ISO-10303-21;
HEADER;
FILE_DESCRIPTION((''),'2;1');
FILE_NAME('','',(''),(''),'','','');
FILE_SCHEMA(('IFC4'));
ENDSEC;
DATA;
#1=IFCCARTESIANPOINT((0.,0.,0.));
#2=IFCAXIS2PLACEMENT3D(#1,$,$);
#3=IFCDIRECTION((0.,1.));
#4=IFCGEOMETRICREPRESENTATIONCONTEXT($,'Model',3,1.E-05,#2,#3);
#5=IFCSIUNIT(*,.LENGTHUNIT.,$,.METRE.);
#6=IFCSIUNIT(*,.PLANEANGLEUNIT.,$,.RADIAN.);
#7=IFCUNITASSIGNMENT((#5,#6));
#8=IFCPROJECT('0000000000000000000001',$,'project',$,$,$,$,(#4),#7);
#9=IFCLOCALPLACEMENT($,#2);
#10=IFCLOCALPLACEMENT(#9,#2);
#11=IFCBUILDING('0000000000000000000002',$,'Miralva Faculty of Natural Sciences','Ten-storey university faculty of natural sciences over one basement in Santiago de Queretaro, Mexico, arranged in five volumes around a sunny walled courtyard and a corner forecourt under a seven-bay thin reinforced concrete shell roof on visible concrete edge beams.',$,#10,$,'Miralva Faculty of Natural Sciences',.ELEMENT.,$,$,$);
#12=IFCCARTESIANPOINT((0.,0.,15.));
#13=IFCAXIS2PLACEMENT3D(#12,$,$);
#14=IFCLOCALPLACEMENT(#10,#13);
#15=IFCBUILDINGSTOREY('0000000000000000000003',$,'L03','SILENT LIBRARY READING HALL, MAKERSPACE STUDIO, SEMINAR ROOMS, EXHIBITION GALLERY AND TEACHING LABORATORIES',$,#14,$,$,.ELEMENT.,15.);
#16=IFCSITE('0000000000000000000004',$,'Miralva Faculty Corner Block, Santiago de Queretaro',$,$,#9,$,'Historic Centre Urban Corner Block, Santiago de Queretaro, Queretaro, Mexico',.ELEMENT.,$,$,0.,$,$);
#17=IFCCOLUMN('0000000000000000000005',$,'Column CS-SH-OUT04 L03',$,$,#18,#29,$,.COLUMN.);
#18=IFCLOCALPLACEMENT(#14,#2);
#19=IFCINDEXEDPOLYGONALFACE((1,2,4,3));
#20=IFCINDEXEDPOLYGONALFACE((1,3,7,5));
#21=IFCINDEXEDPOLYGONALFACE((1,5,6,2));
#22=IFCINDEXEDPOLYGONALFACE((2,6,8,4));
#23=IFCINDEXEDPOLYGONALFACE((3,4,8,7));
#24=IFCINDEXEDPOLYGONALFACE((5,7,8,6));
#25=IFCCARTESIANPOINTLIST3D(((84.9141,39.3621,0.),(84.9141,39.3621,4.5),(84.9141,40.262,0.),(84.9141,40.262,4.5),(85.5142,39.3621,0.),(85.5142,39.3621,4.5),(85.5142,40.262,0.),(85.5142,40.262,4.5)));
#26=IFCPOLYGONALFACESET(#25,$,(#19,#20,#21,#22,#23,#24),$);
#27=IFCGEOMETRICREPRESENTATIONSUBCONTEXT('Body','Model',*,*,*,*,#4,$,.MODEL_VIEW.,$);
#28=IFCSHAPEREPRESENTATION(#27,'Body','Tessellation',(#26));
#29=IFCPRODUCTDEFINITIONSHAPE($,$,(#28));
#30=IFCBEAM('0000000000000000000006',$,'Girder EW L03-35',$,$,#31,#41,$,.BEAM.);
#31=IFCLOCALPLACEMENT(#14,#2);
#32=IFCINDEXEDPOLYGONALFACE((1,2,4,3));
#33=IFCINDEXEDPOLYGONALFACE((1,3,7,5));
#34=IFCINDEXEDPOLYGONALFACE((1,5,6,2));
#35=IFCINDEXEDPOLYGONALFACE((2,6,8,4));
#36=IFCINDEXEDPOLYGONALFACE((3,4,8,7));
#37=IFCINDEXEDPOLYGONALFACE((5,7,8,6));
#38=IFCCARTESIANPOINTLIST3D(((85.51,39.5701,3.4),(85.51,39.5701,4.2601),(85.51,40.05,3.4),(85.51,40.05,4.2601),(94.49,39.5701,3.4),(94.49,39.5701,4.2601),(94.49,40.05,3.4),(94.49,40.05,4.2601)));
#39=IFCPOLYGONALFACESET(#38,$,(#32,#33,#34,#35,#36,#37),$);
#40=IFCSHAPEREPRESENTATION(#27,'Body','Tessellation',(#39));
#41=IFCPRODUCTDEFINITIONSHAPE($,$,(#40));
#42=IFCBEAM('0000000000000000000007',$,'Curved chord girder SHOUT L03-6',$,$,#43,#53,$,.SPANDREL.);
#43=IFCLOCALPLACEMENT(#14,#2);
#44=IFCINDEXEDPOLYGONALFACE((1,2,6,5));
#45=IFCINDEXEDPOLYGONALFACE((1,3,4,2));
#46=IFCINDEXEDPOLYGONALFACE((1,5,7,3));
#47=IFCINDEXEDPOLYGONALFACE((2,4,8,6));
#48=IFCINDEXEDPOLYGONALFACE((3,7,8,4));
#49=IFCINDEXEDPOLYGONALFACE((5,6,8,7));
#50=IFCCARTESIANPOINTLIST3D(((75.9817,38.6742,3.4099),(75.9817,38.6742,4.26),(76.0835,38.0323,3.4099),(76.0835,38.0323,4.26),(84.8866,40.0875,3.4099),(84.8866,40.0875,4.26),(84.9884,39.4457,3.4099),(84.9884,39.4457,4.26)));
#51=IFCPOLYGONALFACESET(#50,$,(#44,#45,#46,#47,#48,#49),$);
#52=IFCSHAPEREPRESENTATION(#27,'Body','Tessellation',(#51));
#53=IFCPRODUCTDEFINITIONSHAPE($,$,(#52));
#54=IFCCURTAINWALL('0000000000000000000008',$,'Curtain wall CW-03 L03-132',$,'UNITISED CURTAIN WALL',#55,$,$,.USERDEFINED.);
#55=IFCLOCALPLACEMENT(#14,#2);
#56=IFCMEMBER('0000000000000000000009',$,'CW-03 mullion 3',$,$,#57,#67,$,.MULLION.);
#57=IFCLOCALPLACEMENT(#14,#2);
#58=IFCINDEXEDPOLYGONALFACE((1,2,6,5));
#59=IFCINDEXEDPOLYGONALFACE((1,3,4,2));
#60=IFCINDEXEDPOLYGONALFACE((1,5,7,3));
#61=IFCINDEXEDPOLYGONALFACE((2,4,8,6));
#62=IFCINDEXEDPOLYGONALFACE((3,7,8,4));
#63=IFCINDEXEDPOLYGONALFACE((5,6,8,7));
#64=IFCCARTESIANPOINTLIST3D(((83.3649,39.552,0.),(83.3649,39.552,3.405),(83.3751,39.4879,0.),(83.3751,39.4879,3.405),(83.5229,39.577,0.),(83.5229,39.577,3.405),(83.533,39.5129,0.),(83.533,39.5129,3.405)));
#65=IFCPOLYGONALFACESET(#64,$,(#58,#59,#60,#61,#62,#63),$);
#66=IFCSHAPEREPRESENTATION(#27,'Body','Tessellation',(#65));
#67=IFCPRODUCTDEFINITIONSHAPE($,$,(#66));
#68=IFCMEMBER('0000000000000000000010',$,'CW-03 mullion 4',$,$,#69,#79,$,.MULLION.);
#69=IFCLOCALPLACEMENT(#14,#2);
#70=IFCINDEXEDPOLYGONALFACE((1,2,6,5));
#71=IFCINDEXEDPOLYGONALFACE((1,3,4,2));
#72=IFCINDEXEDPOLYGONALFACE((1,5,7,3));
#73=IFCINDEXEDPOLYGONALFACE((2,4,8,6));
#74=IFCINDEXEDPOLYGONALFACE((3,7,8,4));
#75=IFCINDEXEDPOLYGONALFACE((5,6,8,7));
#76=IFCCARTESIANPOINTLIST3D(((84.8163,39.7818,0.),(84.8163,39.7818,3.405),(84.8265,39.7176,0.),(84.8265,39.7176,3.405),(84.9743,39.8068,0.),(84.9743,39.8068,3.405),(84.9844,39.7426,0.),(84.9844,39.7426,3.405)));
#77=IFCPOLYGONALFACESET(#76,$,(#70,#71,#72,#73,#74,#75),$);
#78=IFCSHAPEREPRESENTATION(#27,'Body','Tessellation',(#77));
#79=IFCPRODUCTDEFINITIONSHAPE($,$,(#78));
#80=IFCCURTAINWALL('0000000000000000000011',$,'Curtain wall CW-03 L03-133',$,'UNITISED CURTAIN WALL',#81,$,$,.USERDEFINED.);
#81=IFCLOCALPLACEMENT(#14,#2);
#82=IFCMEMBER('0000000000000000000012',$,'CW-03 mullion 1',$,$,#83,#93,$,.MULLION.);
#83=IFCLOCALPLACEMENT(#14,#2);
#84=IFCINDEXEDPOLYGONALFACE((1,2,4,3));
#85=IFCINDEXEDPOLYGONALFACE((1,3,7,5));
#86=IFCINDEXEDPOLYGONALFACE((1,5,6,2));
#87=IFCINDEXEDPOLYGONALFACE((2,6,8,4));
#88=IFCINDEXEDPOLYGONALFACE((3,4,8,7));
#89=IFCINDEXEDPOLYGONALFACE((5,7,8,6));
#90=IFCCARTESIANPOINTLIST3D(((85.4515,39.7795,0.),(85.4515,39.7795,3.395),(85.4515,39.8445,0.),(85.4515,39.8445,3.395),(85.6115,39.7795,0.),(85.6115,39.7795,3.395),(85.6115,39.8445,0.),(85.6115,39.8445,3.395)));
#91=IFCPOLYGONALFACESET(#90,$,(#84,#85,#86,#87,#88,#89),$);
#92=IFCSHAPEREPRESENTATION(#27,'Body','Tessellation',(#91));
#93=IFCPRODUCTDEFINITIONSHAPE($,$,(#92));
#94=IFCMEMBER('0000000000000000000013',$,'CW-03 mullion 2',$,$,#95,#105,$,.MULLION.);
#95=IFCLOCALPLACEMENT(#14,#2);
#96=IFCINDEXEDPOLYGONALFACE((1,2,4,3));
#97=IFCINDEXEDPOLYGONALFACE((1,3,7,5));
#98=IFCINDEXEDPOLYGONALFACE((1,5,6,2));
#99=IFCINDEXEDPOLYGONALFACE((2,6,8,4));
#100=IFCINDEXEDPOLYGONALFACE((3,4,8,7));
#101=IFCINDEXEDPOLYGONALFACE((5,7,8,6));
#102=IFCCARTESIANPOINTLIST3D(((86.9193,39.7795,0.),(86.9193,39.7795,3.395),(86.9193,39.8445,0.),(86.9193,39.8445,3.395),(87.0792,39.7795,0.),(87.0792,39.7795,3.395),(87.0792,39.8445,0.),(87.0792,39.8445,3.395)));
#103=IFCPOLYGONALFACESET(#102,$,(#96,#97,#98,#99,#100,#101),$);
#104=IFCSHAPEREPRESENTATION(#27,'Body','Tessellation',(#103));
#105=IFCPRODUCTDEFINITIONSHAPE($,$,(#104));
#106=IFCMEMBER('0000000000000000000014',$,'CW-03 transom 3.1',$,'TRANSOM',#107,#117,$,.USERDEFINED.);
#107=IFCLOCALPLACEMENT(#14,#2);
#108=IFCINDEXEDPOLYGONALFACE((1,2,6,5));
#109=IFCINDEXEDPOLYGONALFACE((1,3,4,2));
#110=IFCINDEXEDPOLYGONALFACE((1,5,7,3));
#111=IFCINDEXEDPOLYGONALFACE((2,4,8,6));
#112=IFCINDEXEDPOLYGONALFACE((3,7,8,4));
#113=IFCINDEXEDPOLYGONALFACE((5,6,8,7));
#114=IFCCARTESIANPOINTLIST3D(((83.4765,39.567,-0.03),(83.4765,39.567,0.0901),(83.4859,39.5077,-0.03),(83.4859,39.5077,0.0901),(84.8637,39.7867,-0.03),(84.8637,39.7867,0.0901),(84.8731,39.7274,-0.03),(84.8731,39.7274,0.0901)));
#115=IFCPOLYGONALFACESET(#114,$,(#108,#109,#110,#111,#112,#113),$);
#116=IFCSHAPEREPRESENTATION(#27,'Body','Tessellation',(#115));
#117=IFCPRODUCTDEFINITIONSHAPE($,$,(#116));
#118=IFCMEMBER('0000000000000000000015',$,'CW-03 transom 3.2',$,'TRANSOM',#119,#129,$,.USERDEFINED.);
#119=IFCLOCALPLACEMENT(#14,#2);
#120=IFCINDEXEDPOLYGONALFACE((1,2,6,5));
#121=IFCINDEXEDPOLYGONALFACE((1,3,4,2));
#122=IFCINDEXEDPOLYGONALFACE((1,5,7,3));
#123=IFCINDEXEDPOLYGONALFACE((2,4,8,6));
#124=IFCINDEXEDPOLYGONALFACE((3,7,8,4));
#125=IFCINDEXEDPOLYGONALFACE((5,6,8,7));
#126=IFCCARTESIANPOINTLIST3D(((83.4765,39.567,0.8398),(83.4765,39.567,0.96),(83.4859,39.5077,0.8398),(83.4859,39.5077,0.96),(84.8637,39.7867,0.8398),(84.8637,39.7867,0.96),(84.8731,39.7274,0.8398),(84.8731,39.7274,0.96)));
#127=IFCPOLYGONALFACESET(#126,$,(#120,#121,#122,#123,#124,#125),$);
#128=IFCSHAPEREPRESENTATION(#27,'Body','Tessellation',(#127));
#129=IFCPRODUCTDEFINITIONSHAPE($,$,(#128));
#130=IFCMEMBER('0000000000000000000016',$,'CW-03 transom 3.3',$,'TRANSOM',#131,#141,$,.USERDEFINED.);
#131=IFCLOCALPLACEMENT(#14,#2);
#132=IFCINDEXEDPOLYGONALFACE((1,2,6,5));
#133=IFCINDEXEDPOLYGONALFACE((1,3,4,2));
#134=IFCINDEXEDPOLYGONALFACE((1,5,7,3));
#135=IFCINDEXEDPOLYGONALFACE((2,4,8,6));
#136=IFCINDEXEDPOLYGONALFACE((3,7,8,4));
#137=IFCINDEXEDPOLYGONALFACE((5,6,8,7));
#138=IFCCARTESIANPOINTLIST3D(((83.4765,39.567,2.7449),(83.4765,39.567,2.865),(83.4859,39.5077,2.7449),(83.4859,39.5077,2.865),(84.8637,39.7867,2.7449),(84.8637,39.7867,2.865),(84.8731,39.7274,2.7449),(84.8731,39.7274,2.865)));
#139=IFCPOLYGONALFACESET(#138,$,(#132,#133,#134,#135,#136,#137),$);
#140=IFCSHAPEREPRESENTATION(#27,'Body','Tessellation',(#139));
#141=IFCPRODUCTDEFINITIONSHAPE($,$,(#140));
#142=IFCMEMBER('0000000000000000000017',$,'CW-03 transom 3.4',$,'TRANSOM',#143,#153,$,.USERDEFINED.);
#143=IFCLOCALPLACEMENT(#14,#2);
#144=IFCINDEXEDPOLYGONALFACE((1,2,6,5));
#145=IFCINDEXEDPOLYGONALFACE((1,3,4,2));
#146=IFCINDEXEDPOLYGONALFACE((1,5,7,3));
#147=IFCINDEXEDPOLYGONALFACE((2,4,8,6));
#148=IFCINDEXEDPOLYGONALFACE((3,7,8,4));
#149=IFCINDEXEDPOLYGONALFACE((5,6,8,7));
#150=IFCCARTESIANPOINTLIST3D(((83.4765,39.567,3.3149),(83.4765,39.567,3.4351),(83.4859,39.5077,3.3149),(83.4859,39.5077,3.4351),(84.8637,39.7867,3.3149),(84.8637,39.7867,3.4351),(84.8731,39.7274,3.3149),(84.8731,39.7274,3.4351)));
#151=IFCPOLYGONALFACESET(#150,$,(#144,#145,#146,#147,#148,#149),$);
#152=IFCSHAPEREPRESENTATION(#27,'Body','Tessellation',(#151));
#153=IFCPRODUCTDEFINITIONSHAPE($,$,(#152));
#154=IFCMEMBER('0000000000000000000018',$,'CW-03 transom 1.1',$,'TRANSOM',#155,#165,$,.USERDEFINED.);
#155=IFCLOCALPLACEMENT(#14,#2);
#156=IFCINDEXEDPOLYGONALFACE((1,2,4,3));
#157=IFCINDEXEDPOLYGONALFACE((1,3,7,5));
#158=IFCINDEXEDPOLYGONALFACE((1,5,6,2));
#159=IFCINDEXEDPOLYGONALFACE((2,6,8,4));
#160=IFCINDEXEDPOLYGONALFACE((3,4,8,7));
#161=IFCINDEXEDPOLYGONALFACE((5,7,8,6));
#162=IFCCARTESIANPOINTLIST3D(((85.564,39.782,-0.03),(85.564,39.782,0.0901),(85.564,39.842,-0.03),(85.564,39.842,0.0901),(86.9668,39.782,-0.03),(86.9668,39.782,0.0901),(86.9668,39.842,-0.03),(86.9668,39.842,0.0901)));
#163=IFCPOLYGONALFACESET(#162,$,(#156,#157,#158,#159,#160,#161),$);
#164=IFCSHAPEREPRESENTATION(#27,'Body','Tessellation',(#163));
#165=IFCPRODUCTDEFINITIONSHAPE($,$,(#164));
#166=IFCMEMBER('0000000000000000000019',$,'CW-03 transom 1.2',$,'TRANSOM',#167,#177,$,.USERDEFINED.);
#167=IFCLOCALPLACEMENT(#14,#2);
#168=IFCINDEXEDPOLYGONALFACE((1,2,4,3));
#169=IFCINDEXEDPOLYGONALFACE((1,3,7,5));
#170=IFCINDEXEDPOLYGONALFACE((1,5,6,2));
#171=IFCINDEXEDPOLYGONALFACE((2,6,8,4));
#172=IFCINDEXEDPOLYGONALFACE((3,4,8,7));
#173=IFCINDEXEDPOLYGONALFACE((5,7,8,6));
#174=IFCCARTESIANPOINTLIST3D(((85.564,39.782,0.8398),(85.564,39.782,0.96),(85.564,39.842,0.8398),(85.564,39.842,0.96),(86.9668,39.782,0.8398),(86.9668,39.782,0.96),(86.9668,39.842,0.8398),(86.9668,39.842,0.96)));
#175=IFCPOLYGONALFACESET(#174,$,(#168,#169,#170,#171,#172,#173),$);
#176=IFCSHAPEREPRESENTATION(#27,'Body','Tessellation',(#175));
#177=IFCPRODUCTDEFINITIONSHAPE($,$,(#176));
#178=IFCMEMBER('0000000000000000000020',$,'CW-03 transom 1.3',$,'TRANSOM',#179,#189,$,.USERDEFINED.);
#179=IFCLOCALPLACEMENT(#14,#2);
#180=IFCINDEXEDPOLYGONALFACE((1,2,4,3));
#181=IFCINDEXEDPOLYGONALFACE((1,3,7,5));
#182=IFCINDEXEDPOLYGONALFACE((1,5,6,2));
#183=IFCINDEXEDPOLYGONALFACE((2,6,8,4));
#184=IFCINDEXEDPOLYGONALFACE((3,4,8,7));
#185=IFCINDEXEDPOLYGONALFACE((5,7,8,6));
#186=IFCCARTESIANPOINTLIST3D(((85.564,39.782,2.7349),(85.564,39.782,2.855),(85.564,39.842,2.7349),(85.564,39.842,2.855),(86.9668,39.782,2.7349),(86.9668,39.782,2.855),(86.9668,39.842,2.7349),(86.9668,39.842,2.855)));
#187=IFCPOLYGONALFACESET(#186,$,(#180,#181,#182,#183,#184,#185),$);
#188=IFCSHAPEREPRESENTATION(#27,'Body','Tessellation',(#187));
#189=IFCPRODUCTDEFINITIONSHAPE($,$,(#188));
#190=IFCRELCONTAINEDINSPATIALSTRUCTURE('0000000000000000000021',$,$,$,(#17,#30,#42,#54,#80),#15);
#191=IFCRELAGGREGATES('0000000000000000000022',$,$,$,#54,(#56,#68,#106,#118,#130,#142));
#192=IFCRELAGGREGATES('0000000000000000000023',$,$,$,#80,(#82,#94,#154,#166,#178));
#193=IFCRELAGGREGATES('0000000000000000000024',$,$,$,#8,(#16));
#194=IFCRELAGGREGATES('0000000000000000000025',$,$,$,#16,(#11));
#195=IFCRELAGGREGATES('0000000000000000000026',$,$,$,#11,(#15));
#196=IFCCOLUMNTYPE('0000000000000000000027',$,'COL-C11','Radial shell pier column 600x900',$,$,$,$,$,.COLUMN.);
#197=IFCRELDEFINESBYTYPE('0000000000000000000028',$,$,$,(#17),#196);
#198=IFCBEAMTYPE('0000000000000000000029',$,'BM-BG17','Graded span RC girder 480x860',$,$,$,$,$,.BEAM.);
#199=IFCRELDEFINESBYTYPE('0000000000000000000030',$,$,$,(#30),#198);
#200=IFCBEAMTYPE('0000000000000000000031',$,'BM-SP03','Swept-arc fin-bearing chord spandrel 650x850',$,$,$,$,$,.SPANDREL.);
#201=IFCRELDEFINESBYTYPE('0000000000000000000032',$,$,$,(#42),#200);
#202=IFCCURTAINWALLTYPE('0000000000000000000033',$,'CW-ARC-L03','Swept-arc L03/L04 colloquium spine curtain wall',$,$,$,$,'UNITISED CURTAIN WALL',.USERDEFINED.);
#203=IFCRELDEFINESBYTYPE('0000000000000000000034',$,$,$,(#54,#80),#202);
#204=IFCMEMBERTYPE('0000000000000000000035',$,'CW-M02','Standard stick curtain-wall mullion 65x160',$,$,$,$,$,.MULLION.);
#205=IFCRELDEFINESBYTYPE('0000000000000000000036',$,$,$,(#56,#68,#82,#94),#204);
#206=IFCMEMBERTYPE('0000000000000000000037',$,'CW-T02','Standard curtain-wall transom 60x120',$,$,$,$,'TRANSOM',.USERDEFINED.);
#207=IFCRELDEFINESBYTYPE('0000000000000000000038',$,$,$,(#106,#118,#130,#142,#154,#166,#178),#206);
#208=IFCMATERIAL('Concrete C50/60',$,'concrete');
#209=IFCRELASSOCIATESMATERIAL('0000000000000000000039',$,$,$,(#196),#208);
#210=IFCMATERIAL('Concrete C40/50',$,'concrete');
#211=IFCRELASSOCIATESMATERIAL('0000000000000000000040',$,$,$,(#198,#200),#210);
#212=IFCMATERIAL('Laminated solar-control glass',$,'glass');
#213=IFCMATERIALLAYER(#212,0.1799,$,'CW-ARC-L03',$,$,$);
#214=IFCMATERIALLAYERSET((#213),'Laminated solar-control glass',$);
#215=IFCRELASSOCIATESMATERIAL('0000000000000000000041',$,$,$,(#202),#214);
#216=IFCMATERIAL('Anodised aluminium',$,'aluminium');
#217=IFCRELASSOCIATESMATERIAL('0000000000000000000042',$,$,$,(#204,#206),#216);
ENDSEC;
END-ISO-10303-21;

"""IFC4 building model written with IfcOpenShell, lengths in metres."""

from ifc_helpers import new_model, si_unit, direction, frame, origin, origin_2d, place, context, subcontext, project, spatial, rectangle, extrude, material, layer, layer_set, material_profile, profile_set, type_object, element, aggregate, save


model = new_model("IFC4")

# Units and contexts
model_context = context("Model", 3, precision=1e-05, world=origin(), true_north=direction((0.0, 1.0)))
body_context = subcontext(model_context, "Body", "Model", "MODEL_VIEW")
ifc_project = project(units=[si_unit("LENGTHUNIT", "METRE"), si_unit("PLANEANGLEUNIT", "RADIAN")], contexts=[model_context])

# Site, building, storey
site_placement = place(None, origin())
site = spatial("IfcSite", under=ifc_project, at=site_placement, Name="Miralva Faculty Corner Block, Santiago de Queretaro", LongName="Historic Centre Urban Corner Block, Santiago de Queretaro, Queretaro, Mexico", CompositionType="ELEMENT", RefElevation=0.0)
building_placement = place(site_placement, origin())
building = spatial("IfcBuilding", under=site, at=building_placement, Name="Miralva Faculty of Natural Sciences", Description="Ten-storey university faculty of natural sciences over one basement in Santiago de Queretaro, Mexico, arranged in five volumes around a sunny walled courtyard and a corner forecourt under a seven-bay thin reinforced concrete shell roof on visible concrete edge beams.", LongName="Miralva Faculty of Natural Sciences", CompositionType="ELEMENT")
storey_placement = place(building_placement, frame((0.0, 0.0, 15.0)))
storey = spatial("IfcBuildingStorey", under=building, at=storey_placement, Name="L03", Description="SILENT LIBRARY READING HALL, MAKERSPACE STUDIO, SEMINAR ROOMS, EXHIBITION GALLERY AND TEACHING LABORATORIES", CompositionType="ELEMENT", Elevation=15.0)

# Column
ifc_material_1 = material(Name="Concrete C50/60", Category="concrete")
ifc_material_profile_1 = material_profile(ifc_material_1, rectangle(XDim=0.6001, YDim=0.8999, at=origin_2d()), Name="RC 600x900")
ifc_profile_set_1 = profile_set([ifc_material_profile_1], Name="Concrete C50/60")
column_type = type_object("IfcColumnType", Name="COL-C11", Description="Radial shell pier column 600x900", PredefinedType="COLUMN", material=ifc_profile_set_1)
column_placement = place(storey_placement, frame((85.2141, 39.812, 0.0), z_axis=(0.0, 0.0, 1.0), x_axis=(1.0, 0.0, 0.0)))
element("IfcColumn", 1, at=column_placement, inside=storey, type_object=column_type, Name="Column CS-SH-OUT04 L03", PredefinedType="COLUMN", context=body_context, shape_type="SweptSolid", body=[
    extrude(rectangle(XDim=0.6001, YDim=0.8999, at=origin_2d()), origin(), (0.0, 0.0, 1.0), 4.5),
])

# Beams
ifc_material_2 = material(Name="Concrete C40/50", Category="concrete")
ifc_material_profile_2 = material_profile(ifc_material_2, rectangle(XDim=0.48, YDim=0.8601, at=origin_2d()), Name="RC 480x860")
ifc_profile_set_2 = profile_set([ifc_material_profile_2], Name="Concrete C40/50")
beam_type_1 = type_object("IfcBeamType", Name="BM-BG17", Description="Graded span RC girder 480x860", PredefinedType="BEAM", material=ifc_profile_set_2)
beam_1_placement = place(storey_placement, frame((85.51, 39.8101, 3.8301), z_axis=(1.0, 0.0, 0.0), x_axis=(0.0, 1.0, 0.0)))
element("IfcBeam", 2, at=beam_1_placement, inside=storey, type_object=beam_type_1, Name="Girder EW L03-35", PredefinedType="BEAM", context=body_context, shape_type="SweptSolid", body=[
    extrude(rectangle(XDim=0.48, YDim=0.8601, at=origin_2d()), origin(), (0.0, 0.0, 1.0), 8.98),
])
ifc_material_profile_3 = material_profile(ifc_material_2, rectangle(XDim=0.6499, YDim=0.8501, at=origin_2d()), Name="RC 650x850")
ifc_profile_set_3 = profile_set([ifc_material_profile_3], Name="Concrete C40/50")
beam_type_2 = type_object("IfcBeamType", Name="BM-SP03", Description="Swept-arc fin-bearing chord spandrel 650x850", PredefinedType="SPANDREL", material=ifc_profile_set_3)
beam_2_placement = place(storey_placement, frame((84.9375, 39.7666, 3.835), z_axis=(-0.987638, -0.156754, 0.0), x_axis=(0.156754, -0.987638, 0.0)))
element("IfcBeam", 3, at=beam_2_placement, inside=storey, type_object=beam_type_2, Name="Curved chord girder SHOUT L03-6", PredefinedType="SPANDREL", context=body_context, shape_type="SweptSolid", body=[
    extrude(rectangle(XDim=0.6499, YDim=0.8501, at=origin_2d()), origin(), (0.0, 0.0, 1.0), 9.0164),
])

# Curtain walls, members
ifc_material_3 = material(Name="Laminated solar-control glass", Category="glass")
ifc_layer_1 = layer(ifc_material_3, 0.1799, Name="CW-ARC-L03")
ifc_layer_set_1 = layer_set([ifc_layer_1], Name="Laminated solar-control glass")
curtain_wall_type = type_object("IfcCurtainWallType", Name="CW-ARC-L03", Description="Swept-arc L03/L04 colloquium spine curtain wall", ElementType="UNITISED CURTAIN WALL", PredefinedType="USERDEFINED", material=ifc_layer_set_1)
curtain_wall_1_placement = place(storey_placement, origin())
curtain_wall_1 = element("IfcCurtainWall", 4, at=curtain_wall_1_placement, inside=storey, type_object=curtain_wall_type, Name="Curtain wall CW-03 L03-132", ObjectType="UNITISED CURTAIN WALL", PredefinedType="USERDEFINED")
ifc_material_4 = material(Name="Anodised aluminium", Category="aluminium")
ifc_material_profile_4 = material_profile(ifc_material_4, rectangle(XDim=0.0649, YDim=0.1599, at=origin_2d()), Name="MULLION 65x160")
ifc_profile_set_4 = profile_set([ifc_material_profile_4], Name="Anodised aluminium")
member_type_1 = type_object("IfcMemberType", Name="CW-M02", Description="Standard stick curtain-wall mullion 65x160", PredefinedType="MULLION", material=ifc_profile_set_4)
member_1_placement = place(storey_placement, frame((83.449, 39.5325, 0.0), z_axis=(0.0, 0.0, 1.0), x_axis=(-0.156415, 0.987691, 0.0)))
member_1 = element("IfcMember", 5, at=member_1_placement, type_object=member_type_1, Name="CW-03 mullion 3", PredefinedType="MULLION", context=body_context, shape_type="SweptSolid", body=[
    extrude(rectangle(XDim=0.0649, YDim=0.1599, at=origin_2d()), origin(), (0.0, 0.0, 1.0), 3.405),
])
member_2_placement = place(storey_placement, frame((84.9004, 39.7622, 0.0), z_axis=(0.0, 0.0, 1.0), x_axis=(-0.156415, 0.987691, 0.0)))
member_2 = element("IfcMember", 6, at=member_2_placement, type_object=member_type_1, Name="CW-03 mullion 4", PredefinedType="MULLION", context=body_context, shape_type="SweptSolid", body=[
    extrude(rectangle(XDim=0.0649, YDim=0.1599, at=origin_2d()), origin(), (0.0, 0.0, 1.0), 3.405),
])
curtain_wall_2_placement = place(storey_placement, origin())
curtain_wall_2 = element("IfcCurtainWall", 7, at=curtain_wall_2_placement, inside=storey, type_object=curtain_wall_type, Name="Curtain wall CW-03 L03-133", ObjectType="UNITISED CURTAIN WALL", PredefinedType="USERDEFINED")
member_3_placement = place(storey_placement, frame((85.5315, 39.812, 0.0), z_axis=(0.0, 0.0, 1.0), x_axis=(0.0, 1.0, 0.0)))
member_3 = element("IfcMember", 8, at=member_3_placement, type_object=member_type_1, Name="CW-03 mullion 1", PredefinedType="MULLION", context=body_context, shape_type="SweptSolid", body=[
    extrude(rectangle(XDim=0.0649, YDim=0.1599, at=origin_2d()), origin(), (0.0, 0.0, 1.0), 3.395),
])
member_4_placement = place(storey_placement, frame((86.9993, 39.812, 0.0), z_axis=(0.0, 0.0, 1.0), x_axis=(0.0, 1.0, 0.0)))
member_4 = element("IfcMember", 9, at=member_4_placement, type_object=member_type_1, Name="CW-03 mullion 2", PredefinedType="MULLION", context=body_context, shape_type="SweptSolid", body=[
    extrude(rectangle(XDim=0.0649, YDim=0.1599, at=origin_2d()), origin(), (0.0, 0.0, 1.0), 3.395),
])

# Members
ifc_material_profile_5 = material_profile(ifc_material_4, rectangle(XDim=0.0601, YDim=0.1201, at=origin_2d()), Name="TRANSOM 60x120")
ifc_profile_set_5 = profile_set([ifc_material_profile_5], Name="Anodised aluminium")
member_type_2 = type_object("IfcMemberType", Name="CW-T02", Description="Standard curtain-wall transom 60x120", ElementType="TRANSOM", PredefinedType="USERDEFINED", material=ifc_profile_set_5)
member_5_placement = place(storey_placement, frame((83.4812, 39.5374, 0.03), z_axis=(0.987687, 0.156445, 0.0), x_axis=(-0.156445, 0.987687, 0.0)))
member_5 = element("IfcMember", 10, at=member_5_placement, type_object=member_type_2, Name="CW-03 transom 3.1", ObjectType="TRANSOM", PredefinedType="USERDEFINED", context=body_context, shape_type="SweptSolid", body=[
    extrude(rectangle(XDim=0.0601, YDim=0.1201, at=origin_2d()), origin(), (0.0, 0.0, 1.0), 1.4045),
])
member_6_placement = place(storey_placement, frame((83.4812, 39.5374, 0.8999), z_axis=(0.987687, 0.156445, 0.0), x_axis=(-0.156445, 0.987687, 0.0)))
member_6 = element("IfcMember", 11, at=member_6_placement, type_object=member_type_2, Name="CW-03 transom 3.2", ObjectType="TRANSOM", PredefinedType="USERDEFINED", context=body_context, shape_type="SweptSolid", body=[
    extrude(rectangle(XDim=0.0601, YDim=0.1201, at=origin_2d()), origin(), (0.0, 0.0, 1.0), 1.4045),
])
member_7_placement = place(storey_placement, frame((83.4812, 39.5374, 2.8049), z_axis=(0.987687, 0.156445, 0.0), x_axis=(-0.156445, 0.987687, 0.0)))
member_7 = element("IfcMember", 12, at=member_7_placement, type_object=member_type_2, Name="CW-03 transom 3.3", ObjectType="TRANSOM", PredefinedType="USERDEFINED", context=body_context, shape_type="SweptSolid", body=[
    extrude(rectangle(XDim=0.0601, YDim=0.1201, at=origin_2d()), origin(), (0.0, 0.0, 1.0), 1.4045),
])
member_8_placement = place(storey_placement, frame((83.4812, 39.5374, 3.375), z_axis=(0.987687, 0.156445, 0.0), x_axis=(-0.156445, 0.987687, 0.0)))
member_8 = element("IfcMember", 13, at=member_8_placement, type_object=member_type_2, Name="CW-03 transom 3.4", ObjectType="TRANSOM", PredefinedType="USERDEFINED", context=body_context, shape_type="SweptSolid", body=[
    extrude(rectangle(XDim=0.0601, YDim=0.1201, at=origin_2d()), origin(), (0.0, 0.0, 1.0), 1.4045),
])
member_9_placement = place(storey_placement, frame((85.564, 39.812, 0.03), z_axis=(1.0, 0.0, 0.0), x_axis=(0.0, 1.0, 0.0)))
member_9 = element("IfcMember", 14, at=member_9_placement, type_object=member_type_2, Name="CW-03 transom 1.1", ObjectType="TRANSOM", PredefinedType="USERDEFINED", context=body_context, shape_type="SweptSolid", body=[
    extrude(rectangle(XDim=0.0601, YDim=0.1201, at=origin_2d()), origin(), (0.0, 0.0, 1.0), 1.4028),
])
member_10_placement = place(storey_placement, frame((85.564, 39.812, 0.8999), z_axis=(1.0, 0.0, 0.0), x_axis=(0.0, 1.0, 0.0)))
member_10 = element("IfcMember", 15, at=member_10_placement, type_object=member_type_2, Name="CW-03 transom 1.2", ObjectType="TRANSOM", PredefinedType="USERDEFINED", context=body_context, shape_type="SweptSolid", body=[
    extrude(rectangle(XDim=0.0601, YDim=0.1201, at=origin_2d()), origin(), (0.0, 0.0, 1.0), 1.4028),
])
member_11_placement = place(storey_placement, frame((85.564, 39.812, 2.7949), z_axis=(1.0, 0.0, 0.0), x_axis=(0.0, 1.0, 0.0)))
member_11 = element("IfcMember", 16, at=member_11_placement, type_object=member_type_2, Name="CW-03 transom 1.3", ObjectType="TRANSOM", PredefinedType="USERDEFINED", context=body_context, shape_type="SweptSolid", body=[
    extrude(rectangle(XDim=0.0601, YDim=0.1201, at=origin_2d()), origin(), (0.0, 0.0, 1.0), 1.4028),
])

aggregate(curtain_wall_1, [member_1, member_2, member_5, member_6, member_7, member_8])
aggregate(curtain_wall_2, [member_3, member_4, member_9, member_10, member_11])

save(model, "model.ifc")
